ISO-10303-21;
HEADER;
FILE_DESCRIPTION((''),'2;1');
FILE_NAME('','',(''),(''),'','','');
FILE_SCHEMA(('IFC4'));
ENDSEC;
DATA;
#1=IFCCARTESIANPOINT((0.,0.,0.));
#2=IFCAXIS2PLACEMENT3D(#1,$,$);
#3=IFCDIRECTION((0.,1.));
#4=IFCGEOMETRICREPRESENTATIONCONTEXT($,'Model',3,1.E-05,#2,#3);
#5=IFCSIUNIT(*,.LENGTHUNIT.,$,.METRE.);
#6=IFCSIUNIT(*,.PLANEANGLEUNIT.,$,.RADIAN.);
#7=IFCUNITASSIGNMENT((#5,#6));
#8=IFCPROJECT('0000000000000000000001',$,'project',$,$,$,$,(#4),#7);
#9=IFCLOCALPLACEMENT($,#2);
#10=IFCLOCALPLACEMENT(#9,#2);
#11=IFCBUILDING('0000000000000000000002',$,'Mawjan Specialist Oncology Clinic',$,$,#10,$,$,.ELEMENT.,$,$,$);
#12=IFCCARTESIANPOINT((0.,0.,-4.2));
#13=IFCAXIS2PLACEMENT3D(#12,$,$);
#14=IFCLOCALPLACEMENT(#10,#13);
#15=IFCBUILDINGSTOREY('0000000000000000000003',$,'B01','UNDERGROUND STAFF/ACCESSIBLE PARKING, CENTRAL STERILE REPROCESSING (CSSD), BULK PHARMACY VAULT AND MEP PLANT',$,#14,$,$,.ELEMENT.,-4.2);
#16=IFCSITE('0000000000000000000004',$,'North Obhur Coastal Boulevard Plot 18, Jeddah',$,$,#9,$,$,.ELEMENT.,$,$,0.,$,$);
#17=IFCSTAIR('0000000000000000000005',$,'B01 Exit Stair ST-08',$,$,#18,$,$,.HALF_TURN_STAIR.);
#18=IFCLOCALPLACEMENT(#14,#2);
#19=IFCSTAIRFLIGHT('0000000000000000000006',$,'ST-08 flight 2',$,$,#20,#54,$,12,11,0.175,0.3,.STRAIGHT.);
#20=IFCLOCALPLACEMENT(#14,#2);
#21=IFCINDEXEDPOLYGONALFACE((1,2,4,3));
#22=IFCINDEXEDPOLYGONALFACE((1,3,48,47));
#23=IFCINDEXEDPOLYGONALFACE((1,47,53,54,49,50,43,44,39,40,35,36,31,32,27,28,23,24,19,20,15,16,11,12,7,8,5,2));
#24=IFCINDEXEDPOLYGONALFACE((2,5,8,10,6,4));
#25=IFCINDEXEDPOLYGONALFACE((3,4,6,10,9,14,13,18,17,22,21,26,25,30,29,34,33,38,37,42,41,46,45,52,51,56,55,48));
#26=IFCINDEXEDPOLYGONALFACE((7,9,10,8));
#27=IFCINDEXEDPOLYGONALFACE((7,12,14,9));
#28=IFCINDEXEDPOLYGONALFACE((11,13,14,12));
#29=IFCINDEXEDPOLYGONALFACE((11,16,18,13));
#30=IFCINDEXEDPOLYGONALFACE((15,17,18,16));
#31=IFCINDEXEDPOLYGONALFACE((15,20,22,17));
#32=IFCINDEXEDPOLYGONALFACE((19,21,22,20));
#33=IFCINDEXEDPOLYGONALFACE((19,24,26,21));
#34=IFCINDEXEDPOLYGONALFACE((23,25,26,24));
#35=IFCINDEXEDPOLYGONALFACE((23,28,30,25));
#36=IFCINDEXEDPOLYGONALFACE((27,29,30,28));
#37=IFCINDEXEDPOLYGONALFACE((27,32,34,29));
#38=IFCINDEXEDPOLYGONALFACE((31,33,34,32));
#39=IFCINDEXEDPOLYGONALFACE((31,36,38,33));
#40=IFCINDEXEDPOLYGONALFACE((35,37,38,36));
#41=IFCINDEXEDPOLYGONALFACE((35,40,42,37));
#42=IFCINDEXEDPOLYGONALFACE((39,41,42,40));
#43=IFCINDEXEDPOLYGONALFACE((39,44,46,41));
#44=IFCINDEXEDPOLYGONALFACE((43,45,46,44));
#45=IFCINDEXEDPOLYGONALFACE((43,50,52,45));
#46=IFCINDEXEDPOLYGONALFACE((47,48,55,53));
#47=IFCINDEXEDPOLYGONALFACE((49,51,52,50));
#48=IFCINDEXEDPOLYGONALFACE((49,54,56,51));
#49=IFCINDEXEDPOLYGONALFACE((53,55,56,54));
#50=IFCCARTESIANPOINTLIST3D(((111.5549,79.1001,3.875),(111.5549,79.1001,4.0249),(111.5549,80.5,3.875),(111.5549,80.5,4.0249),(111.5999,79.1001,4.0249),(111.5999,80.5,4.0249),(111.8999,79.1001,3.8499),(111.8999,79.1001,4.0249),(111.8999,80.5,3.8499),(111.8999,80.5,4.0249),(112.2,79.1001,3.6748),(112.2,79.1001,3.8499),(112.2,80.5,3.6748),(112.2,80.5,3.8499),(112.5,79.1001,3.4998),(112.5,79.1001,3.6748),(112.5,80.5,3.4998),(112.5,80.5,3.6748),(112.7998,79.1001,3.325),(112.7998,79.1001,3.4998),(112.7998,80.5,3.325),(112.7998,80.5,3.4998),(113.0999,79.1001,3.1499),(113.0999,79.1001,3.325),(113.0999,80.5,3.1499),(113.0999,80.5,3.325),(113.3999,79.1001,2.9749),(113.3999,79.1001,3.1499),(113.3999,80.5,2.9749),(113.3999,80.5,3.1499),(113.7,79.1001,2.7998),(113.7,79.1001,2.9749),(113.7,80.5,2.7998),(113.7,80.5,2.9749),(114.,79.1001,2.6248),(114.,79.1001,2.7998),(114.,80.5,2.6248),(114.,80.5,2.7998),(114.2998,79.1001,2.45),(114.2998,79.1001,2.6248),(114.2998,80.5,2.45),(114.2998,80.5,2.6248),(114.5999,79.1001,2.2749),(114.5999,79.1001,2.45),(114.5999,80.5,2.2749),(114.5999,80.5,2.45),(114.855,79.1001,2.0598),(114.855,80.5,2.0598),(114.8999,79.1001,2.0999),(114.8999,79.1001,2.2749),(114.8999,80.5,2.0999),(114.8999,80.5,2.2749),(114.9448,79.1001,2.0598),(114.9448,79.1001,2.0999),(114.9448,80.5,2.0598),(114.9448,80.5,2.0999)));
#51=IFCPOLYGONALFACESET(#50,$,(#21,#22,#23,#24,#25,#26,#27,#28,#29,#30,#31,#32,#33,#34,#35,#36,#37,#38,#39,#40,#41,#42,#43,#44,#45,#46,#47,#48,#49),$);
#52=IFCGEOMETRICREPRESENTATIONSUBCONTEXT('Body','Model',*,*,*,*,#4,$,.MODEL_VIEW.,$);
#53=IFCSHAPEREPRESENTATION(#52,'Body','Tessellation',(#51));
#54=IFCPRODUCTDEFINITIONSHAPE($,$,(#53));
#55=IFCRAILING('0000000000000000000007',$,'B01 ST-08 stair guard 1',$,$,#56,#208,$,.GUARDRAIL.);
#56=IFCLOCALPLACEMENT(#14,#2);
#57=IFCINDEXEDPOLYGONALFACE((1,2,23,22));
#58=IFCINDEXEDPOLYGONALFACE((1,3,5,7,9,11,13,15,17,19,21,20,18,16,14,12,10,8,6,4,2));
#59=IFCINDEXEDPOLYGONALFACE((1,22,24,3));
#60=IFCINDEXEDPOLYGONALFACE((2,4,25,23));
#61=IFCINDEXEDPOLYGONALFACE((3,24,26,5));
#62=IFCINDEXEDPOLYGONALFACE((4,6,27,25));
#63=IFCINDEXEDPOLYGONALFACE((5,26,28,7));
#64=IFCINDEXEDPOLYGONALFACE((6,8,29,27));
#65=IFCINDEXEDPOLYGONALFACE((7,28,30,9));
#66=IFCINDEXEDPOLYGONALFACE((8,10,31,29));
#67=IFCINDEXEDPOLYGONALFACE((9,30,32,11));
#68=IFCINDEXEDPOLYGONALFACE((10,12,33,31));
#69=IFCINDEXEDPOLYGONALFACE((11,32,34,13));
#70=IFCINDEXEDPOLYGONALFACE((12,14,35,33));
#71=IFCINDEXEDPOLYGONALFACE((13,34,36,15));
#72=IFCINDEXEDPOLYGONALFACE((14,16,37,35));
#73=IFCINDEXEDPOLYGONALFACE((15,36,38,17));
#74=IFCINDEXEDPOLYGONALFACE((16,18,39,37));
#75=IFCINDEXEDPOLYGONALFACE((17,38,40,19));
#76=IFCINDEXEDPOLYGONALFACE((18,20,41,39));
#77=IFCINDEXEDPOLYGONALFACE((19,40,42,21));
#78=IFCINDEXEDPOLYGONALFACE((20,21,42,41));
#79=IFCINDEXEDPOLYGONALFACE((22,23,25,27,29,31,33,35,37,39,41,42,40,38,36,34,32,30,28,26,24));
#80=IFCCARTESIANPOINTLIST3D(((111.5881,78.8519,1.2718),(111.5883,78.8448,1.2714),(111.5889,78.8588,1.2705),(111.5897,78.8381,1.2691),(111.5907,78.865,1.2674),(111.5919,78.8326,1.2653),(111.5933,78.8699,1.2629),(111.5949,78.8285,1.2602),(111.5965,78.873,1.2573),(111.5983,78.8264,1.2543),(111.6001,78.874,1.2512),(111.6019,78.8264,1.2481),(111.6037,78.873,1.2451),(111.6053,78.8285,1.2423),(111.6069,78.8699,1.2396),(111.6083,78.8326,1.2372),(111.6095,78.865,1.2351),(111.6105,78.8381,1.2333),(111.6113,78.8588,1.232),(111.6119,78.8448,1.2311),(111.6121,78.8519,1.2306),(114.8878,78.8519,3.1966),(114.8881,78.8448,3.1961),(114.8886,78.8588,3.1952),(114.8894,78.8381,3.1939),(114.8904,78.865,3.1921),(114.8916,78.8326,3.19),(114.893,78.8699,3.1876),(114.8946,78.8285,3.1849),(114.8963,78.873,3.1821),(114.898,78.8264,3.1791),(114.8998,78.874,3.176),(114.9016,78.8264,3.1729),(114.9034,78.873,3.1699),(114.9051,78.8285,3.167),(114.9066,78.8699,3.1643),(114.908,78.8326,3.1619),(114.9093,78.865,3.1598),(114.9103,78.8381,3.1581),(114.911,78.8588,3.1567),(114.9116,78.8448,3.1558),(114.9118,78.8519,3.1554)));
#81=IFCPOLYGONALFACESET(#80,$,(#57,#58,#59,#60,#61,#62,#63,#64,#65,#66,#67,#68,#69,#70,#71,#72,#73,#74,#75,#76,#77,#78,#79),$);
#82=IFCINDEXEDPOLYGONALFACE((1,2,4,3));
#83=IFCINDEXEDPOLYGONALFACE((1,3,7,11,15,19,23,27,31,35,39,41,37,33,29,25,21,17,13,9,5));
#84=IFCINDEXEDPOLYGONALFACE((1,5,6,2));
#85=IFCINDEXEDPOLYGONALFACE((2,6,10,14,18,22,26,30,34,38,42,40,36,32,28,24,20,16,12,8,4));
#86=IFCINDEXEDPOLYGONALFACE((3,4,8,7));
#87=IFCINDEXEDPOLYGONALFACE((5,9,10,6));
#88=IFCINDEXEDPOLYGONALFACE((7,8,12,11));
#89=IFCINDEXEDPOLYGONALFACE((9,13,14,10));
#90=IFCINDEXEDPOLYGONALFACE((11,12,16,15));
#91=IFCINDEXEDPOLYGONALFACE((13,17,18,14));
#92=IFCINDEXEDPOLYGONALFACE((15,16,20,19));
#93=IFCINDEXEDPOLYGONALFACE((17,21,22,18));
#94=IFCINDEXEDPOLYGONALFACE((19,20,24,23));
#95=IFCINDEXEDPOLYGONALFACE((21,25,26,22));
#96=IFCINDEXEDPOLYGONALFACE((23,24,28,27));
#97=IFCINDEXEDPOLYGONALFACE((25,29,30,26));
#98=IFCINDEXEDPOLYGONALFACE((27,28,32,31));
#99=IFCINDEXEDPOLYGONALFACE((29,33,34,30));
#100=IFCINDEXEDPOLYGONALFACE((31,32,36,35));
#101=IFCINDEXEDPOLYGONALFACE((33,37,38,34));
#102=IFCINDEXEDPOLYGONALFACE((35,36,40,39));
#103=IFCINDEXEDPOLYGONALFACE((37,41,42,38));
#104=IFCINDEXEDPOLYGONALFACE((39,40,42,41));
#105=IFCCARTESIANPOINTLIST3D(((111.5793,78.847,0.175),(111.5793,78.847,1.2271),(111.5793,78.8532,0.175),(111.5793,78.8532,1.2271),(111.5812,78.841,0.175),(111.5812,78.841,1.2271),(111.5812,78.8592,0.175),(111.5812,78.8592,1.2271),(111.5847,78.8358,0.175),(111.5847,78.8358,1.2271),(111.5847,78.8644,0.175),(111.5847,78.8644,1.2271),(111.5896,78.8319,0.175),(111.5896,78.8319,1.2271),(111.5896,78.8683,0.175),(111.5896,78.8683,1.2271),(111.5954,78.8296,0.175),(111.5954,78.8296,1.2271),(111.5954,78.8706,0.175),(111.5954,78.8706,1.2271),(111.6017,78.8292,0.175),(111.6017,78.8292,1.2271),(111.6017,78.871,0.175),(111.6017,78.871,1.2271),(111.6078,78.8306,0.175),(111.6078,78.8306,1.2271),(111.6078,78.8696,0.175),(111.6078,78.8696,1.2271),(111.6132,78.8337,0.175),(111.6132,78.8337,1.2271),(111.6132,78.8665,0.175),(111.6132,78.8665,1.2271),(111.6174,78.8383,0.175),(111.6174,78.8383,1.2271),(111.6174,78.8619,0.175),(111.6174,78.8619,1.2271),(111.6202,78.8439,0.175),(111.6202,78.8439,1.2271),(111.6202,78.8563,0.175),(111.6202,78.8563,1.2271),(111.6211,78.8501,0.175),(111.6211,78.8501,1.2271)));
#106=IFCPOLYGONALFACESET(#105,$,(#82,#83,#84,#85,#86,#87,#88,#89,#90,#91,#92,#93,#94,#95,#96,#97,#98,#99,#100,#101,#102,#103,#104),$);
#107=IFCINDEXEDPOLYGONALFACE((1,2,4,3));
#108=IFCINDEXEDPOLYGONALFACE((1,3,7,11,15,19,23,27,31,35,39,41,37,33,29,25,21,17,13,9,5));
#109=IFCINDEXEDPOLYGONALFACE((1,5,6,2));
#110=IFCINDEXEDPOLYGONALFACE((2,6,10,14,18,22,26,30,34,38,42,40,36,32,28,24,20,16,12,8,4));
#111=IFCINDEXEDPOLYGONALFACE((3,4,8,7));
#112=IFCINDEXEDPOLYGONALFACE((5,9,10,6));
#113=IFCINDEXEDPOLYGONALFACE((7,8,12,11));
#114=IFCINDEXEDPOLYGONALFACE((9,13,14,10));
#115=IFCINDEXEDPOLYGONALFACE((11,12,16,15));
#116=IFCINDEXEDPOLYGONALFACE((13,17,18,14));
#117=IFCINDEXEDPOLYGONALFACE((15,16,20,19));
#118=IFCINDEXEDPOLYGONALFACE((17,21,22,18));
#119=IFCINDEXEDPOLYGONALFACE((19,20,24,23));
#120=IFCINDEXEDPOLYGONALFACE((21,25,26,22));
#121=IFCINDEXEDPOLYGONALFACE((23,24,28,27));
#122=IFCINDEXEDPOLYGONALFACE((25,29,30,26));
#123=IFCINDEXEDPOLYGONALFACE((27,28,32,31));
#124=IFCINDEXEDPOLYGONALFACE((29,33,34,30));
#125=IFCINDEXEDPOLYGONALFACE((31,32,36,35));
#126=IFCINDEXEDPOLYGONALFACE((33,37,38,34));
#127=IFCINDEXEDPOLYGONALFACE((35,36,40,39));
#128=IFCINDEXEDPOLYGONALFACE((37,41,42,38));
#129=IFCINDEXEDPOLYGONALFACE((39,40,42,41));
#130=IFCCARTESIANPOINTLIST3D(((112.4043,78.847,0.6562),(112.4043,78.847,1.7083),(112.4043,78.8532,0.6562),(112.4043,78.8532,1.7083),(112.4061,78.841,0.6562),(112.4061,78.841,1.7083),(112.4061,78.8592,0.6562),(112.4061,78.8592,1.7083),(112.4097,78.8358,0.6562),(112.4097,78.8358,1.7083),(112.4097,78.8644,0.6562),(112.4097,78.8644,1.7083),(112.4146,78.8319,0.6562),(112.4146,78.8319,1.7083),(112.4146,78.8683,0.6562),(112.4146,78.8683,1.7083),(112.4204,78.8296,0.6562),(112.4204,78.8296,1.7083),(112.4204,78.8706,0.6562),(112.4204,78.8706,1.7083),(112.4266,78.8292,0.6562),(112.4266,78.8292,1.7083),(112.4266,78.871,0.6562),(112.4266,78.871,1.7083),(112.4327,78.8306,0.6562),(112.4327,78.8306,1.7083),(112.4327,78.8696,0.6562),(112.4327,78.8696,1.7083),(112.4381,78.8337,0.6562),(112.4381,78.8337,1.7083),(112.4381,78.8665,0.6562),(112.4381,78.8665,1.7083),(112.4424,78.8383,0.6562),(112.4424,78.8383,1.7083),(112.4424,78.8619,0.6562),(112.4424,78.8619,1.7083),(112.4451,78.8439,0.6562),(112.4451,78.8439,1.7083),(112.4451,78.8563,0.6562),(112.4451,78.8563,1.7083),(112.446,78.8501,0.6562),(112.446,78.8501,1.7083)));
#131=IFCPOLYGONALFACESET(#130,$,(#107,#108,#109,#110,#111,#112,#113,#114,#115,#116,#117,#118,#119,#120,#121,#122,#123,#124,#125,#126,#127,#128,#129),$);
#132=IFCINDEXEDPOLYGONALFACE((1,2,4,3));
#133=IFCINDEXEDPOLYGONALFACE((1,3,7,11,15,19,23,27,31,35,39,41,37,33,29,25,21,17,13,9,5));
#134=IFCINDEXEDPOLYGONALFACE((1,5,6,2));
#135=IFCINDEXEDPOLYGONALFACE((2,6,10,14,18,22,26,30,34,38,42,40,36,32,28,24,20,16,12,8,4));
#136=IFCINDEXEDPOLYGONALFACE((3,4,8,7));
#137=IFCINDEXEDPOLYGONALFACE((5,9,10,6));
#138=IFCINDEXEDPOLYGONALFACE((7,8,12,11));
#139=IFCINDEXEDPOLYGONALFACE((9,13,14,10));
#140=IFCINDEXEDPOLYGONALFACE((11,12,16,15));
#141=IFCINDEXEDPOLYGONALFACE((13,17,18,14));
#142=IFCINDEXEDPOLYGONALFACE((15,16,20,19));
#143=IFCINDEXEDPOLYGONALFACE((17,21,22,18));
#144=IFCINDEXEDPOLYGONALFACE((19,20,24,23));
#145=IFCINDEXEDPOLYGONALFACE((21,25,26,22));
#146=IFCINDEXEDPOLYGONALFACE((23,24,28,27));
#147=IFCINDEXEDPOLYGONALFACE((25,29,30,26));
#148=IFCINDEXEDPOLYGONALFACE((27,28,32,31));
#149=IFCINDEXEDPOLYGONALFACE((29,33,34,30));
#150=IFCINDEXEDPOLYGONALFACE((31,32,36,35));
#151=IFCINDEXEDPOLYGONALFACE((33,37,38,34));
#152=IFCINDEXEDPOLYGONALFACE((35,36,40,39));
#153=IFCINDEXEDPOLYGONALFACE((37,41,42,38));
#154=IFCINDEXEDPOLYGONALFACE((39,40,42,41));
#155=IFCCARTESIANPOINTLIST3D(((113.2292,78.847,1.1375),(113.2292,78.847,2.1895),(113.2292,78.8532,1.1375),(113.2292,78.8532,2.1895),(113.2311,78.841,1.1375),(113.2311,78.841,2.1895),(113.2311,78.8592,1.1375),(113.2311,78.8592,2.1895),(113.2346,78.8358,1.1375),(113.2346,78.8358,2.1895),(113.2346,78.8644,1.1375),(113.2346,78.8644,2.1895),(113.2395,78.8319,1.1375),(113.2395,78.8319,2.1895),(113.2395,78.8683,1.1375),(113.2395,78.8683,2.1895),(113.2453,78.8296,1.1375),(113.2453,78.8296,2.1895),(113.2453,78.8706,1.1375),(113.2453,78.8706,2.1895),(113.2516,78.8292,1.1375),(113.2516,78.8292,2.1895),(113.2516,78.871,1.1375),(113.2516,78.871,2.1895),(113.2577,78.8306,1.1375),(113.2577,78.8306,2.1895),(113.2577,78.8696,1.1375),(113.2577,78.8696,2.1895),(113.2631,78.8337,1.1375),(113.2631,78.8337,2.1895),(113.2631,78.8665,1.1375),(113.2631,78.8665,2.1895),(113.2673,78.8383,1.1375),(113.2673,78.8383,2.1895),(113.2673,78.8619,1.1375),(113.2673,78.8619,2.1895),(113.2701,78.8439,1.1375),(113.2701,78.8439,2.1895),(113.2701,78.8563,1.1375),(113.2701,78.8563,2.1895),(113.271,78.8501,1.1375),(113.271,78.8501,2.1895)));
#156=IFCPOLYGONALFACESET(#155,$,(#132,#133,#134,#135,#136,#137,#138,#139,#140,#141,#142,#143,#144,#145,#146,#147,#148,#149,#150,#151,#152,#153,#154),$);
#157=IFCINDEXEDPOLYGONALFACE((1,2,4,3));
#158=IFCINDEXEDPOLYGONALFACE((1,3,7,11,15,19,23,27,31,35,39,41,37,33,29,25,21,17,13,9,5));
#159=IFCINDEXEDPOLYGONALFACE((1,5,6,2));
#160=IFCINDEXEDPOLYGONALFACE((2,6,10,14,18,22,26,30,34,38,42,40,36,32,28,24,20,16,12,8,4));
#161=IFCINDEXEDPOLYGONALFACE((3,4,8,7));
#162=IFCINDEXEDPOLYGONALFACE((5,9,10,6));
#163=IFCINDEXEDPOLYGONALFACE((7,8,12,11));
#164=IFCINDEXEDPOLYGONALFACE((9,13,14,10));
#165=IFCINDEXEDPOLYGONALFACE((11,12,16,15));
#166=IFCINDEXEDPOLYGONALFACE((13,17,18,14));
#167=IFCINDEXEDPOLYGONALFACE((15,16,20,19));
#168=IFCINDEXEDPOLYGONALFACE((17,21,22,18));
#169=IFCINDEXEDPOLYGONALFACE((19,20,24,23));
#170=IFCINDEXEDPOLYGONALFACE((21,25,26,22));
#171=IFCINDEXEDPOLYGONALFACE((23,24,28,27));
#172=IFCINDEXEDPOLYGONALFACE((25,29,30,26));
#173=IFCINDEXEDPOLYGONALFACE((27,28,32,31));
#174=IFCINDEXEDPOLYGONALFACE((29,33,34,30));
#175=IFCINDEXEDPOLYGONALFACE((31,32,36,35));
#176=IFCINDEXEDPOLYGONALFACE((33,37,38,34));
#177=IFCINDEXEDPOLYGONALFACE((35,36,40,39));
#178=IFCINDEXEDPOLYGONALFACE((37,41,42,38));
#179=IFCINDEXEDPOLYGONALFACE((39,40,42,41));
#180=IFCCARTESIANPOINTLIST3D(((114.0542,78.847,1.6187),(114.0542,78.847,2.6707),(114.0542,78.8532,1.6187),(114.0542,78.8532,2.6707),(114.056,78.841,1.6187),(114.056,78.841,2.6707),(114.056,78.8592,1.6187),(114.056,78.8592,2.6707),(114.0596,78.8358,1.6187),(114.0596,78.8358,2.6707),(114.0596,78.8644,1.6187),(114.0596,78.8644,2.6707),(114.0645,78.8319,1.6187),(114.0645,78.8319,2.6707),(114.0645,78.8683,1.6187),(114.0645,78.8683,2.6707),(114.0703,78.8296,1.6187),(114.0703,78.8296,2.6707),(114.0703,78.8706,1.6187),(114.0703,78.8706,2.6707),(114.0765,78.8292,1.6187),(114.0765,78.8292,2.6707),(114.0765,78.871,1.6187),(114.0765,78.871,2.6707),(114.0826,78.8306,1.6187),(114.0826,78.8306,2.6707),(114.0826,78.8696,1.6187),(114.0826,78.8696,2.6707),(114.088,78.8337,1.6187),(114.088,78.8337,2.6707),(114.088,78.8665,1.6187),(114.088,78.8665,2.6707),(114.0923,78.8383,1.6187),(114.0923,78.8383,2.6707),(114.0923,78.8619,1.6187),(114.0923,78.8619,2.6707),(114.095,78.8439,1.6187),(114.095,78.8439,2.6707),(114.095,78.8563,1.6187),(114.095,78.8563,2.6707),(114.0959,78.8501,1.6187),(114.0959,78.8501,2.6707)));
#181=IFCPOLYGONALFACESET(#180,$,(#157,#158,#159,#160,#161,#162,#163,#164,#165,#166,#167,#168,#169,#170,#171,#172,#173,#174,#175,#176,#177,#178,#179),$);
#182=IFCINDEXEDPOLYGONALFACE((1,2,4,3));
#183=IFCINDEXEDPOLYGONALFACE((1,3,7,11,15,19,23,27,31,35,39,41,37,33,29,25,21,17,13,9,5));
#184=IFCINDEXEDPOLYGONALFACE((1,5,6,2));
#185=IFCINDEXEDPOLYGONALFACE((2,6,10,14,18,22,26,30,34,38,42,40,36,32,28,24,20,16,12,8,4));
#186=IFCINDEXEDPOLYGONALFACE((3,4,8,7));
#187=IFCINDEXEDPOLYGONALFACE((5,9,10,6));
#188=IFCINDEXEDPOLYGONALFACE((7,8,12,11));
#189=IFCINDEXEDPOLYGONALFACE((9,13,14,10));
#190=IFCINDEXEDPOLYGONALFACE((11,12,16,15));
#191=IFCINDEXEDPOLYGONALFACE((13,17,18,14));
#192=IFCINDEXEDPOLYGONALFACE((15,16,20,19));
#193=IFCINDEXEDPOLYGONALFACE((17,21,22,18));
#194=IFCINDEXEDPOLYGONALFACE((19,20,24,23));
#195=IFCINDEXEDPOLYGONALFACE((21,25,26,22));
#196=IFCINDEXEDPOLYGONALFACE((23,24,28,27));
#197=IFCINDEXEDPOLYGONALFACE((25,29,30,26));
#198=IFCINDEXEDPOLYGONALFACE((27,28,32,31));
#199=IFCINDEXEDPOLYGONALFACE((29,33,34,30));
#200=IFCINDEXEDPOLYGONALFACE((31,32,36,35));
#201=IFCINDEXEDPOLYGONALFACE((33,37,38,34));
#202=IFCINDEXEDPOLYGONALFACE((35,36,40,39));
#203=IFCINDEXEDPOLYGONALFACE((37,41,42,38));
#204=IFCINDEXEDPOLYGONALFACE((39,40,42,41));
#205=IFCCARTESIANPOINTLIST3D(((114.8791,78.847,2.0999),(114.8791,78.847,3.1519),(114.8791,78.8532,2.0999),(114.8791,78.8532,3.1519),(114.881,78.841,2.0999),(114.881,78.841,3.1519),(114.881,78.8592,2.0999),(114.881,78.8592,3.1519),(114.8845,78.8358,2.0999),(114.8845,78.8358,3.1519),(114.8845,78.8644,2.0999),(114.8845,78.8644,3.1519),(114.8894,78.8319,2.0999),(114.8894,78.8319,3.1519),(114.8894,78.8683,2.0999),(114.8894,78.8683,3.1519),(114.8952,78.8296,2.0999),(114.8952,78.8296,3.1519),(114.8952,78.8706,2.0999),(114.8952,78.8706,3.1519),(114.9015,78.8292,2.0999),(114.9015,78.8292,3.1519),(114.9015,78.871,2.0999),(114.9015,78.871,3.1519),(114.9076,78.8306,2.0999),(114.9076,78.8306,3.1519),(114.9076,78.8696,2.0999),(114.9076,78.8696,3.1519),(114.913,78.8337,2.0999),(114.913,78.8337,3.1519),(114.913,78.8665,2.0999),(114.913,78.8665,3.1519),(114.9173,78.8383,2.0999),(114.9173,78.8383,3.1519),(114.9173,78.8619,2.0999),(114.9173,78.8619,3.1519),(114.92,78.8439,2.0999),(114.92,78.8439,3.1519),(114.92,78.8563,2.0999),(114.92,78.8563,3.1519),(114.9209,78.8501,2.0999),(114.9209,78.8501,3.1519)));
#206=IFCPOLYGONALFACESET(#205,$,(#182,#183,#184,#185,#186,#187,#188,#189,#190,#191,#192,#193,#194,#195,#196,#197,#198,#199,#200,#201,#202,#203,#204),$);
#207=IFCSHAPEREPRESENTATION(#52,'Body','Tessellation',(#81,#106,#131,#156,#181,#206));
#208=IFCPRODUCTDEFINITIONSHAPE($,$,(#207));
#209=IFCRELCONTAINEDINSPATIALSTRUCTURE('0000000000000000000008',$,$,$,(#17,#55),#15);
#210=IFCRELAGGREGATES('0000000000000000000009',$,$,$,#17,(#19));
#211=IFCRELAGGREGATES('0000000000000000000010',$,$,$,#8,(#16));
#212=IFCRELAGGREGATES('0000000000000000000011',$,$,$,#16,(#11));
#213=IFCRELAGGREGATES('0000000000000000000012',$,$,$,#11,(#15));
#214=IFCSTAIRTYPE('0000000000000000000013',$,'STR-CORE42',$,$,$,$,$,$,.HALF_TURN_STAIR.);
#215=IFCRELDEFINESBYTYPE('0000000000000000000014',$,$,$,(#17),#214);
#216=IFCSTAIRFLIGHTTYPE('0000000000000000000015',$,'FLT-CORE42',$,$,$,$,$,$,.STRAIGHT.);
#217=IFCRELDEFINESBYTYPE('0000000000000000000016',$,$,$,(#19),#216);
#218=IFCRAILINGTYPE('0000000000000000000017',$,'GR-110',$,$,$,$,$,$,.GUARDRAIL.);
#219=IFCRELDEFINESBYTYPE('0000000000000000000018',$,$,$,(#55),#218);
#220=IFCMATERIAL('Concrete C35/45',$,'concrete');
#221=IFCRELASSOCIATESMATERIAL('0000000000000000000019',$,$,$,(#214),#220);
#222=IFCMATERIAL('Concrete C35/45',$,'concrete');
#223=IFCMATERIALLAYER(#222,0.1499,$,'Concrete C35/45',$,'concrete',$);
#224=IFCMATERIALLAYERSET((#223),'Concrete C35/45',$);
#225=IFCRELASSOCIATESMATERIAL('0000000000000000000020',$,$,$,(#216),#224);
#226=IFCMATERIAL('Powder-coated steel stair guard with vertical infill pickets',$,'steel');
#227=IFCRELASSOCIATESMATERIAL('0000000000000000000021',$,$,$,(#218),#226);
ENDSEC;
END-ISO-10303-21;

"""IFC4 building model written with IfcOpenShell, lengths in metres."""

from ifc_helpers import new_model, si_unit, direction, frame, origin, origin_2d, place, context, subcontext, project, spatial, polyline, circle, outline, extrude, material, layer, layer_set, type_object, element, aggregate, save


model = new_model("IFC4")

# Units and contexts
model_context = context("Model", 3, precision=1e-05, world=origin(), true_north=direction((0.0, 1.0)))
body_context = subcontext(model_context, "Body", "Model", "MODEL_VIEW")
ifc_project = project(units=[si_unit("LENGTHUNIT", "METRE"), si_unit("PLANEANGLEUNIT", "RADIAN")], contexts=[model_context])

# Site, building, storey
site_placement = place(None, origin())
site = spatial("IfcSite", under=ifc_project, at=site_placement, Name="North Obhur Coastal Boulevard Plot 18, Jeddah", CompositionType="ELEMENT", RefElevation=0.0)
building_placement = place(site_placement, origin())
building = spatial("IfcBuilding", under=site, at=building_placement, Name="Mawjan Specialist Oncology Clinic", CompositionType="ELEMENT")
storey_placement = place(building_placement, frame((0.0, 0.0, -4.2)))
storey = spatial("IfcBuildingStorey", under=building, at=storey_placement, Name="B01", Description="UNDERGROUND STAFF/ACCESSIBLE PARKING, CENTRAL STERILE REPROCESSING (CSSD), BULK PHARMACY VAULT AND MEP PLANT", CompositionType="ELEMENT", Elevation=-4.2)

# Stair, stair flight
ifc_material_1 = material(Name="Concrete C35/45", Category="concrete")
stair_type = type_object("IfcStairType", Name="STR-CORE42", PredefinedType="HALF_TURN_STAIR", material=ifc_material_1)
stair_placement = place(storey_placement, origin())
stair = element("IfcStair", 1, at=stair_placement, inside=storey, type_object=stair_type, Name="B01 Exit Stair ST-08", PredefinedType="HALF_TURN_STAIR")
ifc_material_2 = material(Name="Concrete C35/45", Category="concrete")
ifc_layer_1 = layer(ifc_material_2, 0.1499, Name="Concrete C35/45", Category="concrete")
ifc_layer_set_1 = layer_set([ifc_layer_1], Name="Concrete C35/45")
stair_flight_type = type_object("IfcStairFlightType", Name="FLT-CORE42", PredefinedType="STRAIGHT", material=ifc_layer_set_1)
stair_flight_1_placement = place(storey_placement, frame((114.8999, 79.8, 2.0999), z_axis=(0.0, 0.0, 1.0), x_axis=(-1.0, 0.0, 0.0)))
stair_flight_1 = element("IfcStairFlight", 2, at=stair_flight_1_placement, type_object=stair_flight_type, Name="ST-08 flight 2", NumberOfRisers=12, NumberOfTreads=11, PredefinedType="STRAIGHT", RiserHeight=0.175, TreadLength=0.3, context=body_context, shape_type="SweptSolid", body=[
    extrude(outline(polyline([(-0.0449, -0.04), (-0.0449, 0.0), (0.0, 0.0), (0.0, 0.175), (0.3, 0.175), (0.3, 0.3501), (0.6001, 0.3501), (0.6001, 0.5249), (0.8999, 0.5249), (0.8999, 0.7), (1.2, 0.7), (1.2, 0.875), (1.5, 0.875), (1.5, 1.05), (1.8, 1.05), (1.8, 1.2251), (2.1001, 1.2251), (2.1001, 1.3999), (2.3999, 1.3999), (2.3999, 1.575), (2.7, 1.575), (2.7, 1.75), (3.0, 1.75), (3.0, 1.925), (3.3, 1.925), (3.345, 1.925), (3.345, 1.7751), (0.0449, -0.04), (-0.0449, -0.04)])), frame((0.0, 0.7, 0.0), z_axis=(0.0, -1.0, 0.0), x_axis=(1.0, 0.0, 0.0)), (0.0, 0.0, 1.0), 1.3999),
])
aggregate(stair, [stair_flight_1])

# Railing
ifc_material_3 = material(Name="Powder-coated steel stair guard with vertical infill pickets", Category="steel")
railing_type_1 = type_object("IfcRailingType", Name="GR-110", PredefinedType="GUARDRAIL", material=ifc_material_3)
railing_1_placement = place(storey_placement, frame((111.6001, 78.8501, 0.175)))
element("IfcRailing", 3, at=railing_1_placement, inside=storey, type_object=railing_type_1, Name="B01 ST-08 stair guard 1", PredefinedType="GUARDRAIL", context=body_context, shape_type="SweptSolid", body=[
    extrude(circle(Radius=0.0239, at=origin_2d()), frame((0.0, 0.0, 1.0762), z_axis=(0.863788, 0.0, 0.503855), x_axis=(0.0, 1.0, 0.0)), (0.0, 0.0, 1.0), 3.8201),
    extrude(circle(Radius=0.021, at=origin_2d()), origin(), (0.0, 0.0, 1.0), 1.052),
    extrude(circle(Radius=0.021, at=origin_2d()), frame((0.825, 0.0, 0.4812)), (0.0, 0.0, 1.0), 1.052),
    extrude(circle(Radius=0.021, at=origin_2d()), frame((1.6499, 0.0, 0.9624)), (0.0, 0.0, 1.0), 1.052),
    extrude(circle(Radius=0.021, at=origin_2d()), frame((2.4749, 0.0, 1.4436)), (0.0, 0.0, 1.0), 1.052),
    extrude(circle(Radius=0.021, at=origin_2d()), frame((3.2998, 0.0, 1.9248)), (0.0, 0.0, 1.0), 1.052),
])

save(model, "model.ifc")
